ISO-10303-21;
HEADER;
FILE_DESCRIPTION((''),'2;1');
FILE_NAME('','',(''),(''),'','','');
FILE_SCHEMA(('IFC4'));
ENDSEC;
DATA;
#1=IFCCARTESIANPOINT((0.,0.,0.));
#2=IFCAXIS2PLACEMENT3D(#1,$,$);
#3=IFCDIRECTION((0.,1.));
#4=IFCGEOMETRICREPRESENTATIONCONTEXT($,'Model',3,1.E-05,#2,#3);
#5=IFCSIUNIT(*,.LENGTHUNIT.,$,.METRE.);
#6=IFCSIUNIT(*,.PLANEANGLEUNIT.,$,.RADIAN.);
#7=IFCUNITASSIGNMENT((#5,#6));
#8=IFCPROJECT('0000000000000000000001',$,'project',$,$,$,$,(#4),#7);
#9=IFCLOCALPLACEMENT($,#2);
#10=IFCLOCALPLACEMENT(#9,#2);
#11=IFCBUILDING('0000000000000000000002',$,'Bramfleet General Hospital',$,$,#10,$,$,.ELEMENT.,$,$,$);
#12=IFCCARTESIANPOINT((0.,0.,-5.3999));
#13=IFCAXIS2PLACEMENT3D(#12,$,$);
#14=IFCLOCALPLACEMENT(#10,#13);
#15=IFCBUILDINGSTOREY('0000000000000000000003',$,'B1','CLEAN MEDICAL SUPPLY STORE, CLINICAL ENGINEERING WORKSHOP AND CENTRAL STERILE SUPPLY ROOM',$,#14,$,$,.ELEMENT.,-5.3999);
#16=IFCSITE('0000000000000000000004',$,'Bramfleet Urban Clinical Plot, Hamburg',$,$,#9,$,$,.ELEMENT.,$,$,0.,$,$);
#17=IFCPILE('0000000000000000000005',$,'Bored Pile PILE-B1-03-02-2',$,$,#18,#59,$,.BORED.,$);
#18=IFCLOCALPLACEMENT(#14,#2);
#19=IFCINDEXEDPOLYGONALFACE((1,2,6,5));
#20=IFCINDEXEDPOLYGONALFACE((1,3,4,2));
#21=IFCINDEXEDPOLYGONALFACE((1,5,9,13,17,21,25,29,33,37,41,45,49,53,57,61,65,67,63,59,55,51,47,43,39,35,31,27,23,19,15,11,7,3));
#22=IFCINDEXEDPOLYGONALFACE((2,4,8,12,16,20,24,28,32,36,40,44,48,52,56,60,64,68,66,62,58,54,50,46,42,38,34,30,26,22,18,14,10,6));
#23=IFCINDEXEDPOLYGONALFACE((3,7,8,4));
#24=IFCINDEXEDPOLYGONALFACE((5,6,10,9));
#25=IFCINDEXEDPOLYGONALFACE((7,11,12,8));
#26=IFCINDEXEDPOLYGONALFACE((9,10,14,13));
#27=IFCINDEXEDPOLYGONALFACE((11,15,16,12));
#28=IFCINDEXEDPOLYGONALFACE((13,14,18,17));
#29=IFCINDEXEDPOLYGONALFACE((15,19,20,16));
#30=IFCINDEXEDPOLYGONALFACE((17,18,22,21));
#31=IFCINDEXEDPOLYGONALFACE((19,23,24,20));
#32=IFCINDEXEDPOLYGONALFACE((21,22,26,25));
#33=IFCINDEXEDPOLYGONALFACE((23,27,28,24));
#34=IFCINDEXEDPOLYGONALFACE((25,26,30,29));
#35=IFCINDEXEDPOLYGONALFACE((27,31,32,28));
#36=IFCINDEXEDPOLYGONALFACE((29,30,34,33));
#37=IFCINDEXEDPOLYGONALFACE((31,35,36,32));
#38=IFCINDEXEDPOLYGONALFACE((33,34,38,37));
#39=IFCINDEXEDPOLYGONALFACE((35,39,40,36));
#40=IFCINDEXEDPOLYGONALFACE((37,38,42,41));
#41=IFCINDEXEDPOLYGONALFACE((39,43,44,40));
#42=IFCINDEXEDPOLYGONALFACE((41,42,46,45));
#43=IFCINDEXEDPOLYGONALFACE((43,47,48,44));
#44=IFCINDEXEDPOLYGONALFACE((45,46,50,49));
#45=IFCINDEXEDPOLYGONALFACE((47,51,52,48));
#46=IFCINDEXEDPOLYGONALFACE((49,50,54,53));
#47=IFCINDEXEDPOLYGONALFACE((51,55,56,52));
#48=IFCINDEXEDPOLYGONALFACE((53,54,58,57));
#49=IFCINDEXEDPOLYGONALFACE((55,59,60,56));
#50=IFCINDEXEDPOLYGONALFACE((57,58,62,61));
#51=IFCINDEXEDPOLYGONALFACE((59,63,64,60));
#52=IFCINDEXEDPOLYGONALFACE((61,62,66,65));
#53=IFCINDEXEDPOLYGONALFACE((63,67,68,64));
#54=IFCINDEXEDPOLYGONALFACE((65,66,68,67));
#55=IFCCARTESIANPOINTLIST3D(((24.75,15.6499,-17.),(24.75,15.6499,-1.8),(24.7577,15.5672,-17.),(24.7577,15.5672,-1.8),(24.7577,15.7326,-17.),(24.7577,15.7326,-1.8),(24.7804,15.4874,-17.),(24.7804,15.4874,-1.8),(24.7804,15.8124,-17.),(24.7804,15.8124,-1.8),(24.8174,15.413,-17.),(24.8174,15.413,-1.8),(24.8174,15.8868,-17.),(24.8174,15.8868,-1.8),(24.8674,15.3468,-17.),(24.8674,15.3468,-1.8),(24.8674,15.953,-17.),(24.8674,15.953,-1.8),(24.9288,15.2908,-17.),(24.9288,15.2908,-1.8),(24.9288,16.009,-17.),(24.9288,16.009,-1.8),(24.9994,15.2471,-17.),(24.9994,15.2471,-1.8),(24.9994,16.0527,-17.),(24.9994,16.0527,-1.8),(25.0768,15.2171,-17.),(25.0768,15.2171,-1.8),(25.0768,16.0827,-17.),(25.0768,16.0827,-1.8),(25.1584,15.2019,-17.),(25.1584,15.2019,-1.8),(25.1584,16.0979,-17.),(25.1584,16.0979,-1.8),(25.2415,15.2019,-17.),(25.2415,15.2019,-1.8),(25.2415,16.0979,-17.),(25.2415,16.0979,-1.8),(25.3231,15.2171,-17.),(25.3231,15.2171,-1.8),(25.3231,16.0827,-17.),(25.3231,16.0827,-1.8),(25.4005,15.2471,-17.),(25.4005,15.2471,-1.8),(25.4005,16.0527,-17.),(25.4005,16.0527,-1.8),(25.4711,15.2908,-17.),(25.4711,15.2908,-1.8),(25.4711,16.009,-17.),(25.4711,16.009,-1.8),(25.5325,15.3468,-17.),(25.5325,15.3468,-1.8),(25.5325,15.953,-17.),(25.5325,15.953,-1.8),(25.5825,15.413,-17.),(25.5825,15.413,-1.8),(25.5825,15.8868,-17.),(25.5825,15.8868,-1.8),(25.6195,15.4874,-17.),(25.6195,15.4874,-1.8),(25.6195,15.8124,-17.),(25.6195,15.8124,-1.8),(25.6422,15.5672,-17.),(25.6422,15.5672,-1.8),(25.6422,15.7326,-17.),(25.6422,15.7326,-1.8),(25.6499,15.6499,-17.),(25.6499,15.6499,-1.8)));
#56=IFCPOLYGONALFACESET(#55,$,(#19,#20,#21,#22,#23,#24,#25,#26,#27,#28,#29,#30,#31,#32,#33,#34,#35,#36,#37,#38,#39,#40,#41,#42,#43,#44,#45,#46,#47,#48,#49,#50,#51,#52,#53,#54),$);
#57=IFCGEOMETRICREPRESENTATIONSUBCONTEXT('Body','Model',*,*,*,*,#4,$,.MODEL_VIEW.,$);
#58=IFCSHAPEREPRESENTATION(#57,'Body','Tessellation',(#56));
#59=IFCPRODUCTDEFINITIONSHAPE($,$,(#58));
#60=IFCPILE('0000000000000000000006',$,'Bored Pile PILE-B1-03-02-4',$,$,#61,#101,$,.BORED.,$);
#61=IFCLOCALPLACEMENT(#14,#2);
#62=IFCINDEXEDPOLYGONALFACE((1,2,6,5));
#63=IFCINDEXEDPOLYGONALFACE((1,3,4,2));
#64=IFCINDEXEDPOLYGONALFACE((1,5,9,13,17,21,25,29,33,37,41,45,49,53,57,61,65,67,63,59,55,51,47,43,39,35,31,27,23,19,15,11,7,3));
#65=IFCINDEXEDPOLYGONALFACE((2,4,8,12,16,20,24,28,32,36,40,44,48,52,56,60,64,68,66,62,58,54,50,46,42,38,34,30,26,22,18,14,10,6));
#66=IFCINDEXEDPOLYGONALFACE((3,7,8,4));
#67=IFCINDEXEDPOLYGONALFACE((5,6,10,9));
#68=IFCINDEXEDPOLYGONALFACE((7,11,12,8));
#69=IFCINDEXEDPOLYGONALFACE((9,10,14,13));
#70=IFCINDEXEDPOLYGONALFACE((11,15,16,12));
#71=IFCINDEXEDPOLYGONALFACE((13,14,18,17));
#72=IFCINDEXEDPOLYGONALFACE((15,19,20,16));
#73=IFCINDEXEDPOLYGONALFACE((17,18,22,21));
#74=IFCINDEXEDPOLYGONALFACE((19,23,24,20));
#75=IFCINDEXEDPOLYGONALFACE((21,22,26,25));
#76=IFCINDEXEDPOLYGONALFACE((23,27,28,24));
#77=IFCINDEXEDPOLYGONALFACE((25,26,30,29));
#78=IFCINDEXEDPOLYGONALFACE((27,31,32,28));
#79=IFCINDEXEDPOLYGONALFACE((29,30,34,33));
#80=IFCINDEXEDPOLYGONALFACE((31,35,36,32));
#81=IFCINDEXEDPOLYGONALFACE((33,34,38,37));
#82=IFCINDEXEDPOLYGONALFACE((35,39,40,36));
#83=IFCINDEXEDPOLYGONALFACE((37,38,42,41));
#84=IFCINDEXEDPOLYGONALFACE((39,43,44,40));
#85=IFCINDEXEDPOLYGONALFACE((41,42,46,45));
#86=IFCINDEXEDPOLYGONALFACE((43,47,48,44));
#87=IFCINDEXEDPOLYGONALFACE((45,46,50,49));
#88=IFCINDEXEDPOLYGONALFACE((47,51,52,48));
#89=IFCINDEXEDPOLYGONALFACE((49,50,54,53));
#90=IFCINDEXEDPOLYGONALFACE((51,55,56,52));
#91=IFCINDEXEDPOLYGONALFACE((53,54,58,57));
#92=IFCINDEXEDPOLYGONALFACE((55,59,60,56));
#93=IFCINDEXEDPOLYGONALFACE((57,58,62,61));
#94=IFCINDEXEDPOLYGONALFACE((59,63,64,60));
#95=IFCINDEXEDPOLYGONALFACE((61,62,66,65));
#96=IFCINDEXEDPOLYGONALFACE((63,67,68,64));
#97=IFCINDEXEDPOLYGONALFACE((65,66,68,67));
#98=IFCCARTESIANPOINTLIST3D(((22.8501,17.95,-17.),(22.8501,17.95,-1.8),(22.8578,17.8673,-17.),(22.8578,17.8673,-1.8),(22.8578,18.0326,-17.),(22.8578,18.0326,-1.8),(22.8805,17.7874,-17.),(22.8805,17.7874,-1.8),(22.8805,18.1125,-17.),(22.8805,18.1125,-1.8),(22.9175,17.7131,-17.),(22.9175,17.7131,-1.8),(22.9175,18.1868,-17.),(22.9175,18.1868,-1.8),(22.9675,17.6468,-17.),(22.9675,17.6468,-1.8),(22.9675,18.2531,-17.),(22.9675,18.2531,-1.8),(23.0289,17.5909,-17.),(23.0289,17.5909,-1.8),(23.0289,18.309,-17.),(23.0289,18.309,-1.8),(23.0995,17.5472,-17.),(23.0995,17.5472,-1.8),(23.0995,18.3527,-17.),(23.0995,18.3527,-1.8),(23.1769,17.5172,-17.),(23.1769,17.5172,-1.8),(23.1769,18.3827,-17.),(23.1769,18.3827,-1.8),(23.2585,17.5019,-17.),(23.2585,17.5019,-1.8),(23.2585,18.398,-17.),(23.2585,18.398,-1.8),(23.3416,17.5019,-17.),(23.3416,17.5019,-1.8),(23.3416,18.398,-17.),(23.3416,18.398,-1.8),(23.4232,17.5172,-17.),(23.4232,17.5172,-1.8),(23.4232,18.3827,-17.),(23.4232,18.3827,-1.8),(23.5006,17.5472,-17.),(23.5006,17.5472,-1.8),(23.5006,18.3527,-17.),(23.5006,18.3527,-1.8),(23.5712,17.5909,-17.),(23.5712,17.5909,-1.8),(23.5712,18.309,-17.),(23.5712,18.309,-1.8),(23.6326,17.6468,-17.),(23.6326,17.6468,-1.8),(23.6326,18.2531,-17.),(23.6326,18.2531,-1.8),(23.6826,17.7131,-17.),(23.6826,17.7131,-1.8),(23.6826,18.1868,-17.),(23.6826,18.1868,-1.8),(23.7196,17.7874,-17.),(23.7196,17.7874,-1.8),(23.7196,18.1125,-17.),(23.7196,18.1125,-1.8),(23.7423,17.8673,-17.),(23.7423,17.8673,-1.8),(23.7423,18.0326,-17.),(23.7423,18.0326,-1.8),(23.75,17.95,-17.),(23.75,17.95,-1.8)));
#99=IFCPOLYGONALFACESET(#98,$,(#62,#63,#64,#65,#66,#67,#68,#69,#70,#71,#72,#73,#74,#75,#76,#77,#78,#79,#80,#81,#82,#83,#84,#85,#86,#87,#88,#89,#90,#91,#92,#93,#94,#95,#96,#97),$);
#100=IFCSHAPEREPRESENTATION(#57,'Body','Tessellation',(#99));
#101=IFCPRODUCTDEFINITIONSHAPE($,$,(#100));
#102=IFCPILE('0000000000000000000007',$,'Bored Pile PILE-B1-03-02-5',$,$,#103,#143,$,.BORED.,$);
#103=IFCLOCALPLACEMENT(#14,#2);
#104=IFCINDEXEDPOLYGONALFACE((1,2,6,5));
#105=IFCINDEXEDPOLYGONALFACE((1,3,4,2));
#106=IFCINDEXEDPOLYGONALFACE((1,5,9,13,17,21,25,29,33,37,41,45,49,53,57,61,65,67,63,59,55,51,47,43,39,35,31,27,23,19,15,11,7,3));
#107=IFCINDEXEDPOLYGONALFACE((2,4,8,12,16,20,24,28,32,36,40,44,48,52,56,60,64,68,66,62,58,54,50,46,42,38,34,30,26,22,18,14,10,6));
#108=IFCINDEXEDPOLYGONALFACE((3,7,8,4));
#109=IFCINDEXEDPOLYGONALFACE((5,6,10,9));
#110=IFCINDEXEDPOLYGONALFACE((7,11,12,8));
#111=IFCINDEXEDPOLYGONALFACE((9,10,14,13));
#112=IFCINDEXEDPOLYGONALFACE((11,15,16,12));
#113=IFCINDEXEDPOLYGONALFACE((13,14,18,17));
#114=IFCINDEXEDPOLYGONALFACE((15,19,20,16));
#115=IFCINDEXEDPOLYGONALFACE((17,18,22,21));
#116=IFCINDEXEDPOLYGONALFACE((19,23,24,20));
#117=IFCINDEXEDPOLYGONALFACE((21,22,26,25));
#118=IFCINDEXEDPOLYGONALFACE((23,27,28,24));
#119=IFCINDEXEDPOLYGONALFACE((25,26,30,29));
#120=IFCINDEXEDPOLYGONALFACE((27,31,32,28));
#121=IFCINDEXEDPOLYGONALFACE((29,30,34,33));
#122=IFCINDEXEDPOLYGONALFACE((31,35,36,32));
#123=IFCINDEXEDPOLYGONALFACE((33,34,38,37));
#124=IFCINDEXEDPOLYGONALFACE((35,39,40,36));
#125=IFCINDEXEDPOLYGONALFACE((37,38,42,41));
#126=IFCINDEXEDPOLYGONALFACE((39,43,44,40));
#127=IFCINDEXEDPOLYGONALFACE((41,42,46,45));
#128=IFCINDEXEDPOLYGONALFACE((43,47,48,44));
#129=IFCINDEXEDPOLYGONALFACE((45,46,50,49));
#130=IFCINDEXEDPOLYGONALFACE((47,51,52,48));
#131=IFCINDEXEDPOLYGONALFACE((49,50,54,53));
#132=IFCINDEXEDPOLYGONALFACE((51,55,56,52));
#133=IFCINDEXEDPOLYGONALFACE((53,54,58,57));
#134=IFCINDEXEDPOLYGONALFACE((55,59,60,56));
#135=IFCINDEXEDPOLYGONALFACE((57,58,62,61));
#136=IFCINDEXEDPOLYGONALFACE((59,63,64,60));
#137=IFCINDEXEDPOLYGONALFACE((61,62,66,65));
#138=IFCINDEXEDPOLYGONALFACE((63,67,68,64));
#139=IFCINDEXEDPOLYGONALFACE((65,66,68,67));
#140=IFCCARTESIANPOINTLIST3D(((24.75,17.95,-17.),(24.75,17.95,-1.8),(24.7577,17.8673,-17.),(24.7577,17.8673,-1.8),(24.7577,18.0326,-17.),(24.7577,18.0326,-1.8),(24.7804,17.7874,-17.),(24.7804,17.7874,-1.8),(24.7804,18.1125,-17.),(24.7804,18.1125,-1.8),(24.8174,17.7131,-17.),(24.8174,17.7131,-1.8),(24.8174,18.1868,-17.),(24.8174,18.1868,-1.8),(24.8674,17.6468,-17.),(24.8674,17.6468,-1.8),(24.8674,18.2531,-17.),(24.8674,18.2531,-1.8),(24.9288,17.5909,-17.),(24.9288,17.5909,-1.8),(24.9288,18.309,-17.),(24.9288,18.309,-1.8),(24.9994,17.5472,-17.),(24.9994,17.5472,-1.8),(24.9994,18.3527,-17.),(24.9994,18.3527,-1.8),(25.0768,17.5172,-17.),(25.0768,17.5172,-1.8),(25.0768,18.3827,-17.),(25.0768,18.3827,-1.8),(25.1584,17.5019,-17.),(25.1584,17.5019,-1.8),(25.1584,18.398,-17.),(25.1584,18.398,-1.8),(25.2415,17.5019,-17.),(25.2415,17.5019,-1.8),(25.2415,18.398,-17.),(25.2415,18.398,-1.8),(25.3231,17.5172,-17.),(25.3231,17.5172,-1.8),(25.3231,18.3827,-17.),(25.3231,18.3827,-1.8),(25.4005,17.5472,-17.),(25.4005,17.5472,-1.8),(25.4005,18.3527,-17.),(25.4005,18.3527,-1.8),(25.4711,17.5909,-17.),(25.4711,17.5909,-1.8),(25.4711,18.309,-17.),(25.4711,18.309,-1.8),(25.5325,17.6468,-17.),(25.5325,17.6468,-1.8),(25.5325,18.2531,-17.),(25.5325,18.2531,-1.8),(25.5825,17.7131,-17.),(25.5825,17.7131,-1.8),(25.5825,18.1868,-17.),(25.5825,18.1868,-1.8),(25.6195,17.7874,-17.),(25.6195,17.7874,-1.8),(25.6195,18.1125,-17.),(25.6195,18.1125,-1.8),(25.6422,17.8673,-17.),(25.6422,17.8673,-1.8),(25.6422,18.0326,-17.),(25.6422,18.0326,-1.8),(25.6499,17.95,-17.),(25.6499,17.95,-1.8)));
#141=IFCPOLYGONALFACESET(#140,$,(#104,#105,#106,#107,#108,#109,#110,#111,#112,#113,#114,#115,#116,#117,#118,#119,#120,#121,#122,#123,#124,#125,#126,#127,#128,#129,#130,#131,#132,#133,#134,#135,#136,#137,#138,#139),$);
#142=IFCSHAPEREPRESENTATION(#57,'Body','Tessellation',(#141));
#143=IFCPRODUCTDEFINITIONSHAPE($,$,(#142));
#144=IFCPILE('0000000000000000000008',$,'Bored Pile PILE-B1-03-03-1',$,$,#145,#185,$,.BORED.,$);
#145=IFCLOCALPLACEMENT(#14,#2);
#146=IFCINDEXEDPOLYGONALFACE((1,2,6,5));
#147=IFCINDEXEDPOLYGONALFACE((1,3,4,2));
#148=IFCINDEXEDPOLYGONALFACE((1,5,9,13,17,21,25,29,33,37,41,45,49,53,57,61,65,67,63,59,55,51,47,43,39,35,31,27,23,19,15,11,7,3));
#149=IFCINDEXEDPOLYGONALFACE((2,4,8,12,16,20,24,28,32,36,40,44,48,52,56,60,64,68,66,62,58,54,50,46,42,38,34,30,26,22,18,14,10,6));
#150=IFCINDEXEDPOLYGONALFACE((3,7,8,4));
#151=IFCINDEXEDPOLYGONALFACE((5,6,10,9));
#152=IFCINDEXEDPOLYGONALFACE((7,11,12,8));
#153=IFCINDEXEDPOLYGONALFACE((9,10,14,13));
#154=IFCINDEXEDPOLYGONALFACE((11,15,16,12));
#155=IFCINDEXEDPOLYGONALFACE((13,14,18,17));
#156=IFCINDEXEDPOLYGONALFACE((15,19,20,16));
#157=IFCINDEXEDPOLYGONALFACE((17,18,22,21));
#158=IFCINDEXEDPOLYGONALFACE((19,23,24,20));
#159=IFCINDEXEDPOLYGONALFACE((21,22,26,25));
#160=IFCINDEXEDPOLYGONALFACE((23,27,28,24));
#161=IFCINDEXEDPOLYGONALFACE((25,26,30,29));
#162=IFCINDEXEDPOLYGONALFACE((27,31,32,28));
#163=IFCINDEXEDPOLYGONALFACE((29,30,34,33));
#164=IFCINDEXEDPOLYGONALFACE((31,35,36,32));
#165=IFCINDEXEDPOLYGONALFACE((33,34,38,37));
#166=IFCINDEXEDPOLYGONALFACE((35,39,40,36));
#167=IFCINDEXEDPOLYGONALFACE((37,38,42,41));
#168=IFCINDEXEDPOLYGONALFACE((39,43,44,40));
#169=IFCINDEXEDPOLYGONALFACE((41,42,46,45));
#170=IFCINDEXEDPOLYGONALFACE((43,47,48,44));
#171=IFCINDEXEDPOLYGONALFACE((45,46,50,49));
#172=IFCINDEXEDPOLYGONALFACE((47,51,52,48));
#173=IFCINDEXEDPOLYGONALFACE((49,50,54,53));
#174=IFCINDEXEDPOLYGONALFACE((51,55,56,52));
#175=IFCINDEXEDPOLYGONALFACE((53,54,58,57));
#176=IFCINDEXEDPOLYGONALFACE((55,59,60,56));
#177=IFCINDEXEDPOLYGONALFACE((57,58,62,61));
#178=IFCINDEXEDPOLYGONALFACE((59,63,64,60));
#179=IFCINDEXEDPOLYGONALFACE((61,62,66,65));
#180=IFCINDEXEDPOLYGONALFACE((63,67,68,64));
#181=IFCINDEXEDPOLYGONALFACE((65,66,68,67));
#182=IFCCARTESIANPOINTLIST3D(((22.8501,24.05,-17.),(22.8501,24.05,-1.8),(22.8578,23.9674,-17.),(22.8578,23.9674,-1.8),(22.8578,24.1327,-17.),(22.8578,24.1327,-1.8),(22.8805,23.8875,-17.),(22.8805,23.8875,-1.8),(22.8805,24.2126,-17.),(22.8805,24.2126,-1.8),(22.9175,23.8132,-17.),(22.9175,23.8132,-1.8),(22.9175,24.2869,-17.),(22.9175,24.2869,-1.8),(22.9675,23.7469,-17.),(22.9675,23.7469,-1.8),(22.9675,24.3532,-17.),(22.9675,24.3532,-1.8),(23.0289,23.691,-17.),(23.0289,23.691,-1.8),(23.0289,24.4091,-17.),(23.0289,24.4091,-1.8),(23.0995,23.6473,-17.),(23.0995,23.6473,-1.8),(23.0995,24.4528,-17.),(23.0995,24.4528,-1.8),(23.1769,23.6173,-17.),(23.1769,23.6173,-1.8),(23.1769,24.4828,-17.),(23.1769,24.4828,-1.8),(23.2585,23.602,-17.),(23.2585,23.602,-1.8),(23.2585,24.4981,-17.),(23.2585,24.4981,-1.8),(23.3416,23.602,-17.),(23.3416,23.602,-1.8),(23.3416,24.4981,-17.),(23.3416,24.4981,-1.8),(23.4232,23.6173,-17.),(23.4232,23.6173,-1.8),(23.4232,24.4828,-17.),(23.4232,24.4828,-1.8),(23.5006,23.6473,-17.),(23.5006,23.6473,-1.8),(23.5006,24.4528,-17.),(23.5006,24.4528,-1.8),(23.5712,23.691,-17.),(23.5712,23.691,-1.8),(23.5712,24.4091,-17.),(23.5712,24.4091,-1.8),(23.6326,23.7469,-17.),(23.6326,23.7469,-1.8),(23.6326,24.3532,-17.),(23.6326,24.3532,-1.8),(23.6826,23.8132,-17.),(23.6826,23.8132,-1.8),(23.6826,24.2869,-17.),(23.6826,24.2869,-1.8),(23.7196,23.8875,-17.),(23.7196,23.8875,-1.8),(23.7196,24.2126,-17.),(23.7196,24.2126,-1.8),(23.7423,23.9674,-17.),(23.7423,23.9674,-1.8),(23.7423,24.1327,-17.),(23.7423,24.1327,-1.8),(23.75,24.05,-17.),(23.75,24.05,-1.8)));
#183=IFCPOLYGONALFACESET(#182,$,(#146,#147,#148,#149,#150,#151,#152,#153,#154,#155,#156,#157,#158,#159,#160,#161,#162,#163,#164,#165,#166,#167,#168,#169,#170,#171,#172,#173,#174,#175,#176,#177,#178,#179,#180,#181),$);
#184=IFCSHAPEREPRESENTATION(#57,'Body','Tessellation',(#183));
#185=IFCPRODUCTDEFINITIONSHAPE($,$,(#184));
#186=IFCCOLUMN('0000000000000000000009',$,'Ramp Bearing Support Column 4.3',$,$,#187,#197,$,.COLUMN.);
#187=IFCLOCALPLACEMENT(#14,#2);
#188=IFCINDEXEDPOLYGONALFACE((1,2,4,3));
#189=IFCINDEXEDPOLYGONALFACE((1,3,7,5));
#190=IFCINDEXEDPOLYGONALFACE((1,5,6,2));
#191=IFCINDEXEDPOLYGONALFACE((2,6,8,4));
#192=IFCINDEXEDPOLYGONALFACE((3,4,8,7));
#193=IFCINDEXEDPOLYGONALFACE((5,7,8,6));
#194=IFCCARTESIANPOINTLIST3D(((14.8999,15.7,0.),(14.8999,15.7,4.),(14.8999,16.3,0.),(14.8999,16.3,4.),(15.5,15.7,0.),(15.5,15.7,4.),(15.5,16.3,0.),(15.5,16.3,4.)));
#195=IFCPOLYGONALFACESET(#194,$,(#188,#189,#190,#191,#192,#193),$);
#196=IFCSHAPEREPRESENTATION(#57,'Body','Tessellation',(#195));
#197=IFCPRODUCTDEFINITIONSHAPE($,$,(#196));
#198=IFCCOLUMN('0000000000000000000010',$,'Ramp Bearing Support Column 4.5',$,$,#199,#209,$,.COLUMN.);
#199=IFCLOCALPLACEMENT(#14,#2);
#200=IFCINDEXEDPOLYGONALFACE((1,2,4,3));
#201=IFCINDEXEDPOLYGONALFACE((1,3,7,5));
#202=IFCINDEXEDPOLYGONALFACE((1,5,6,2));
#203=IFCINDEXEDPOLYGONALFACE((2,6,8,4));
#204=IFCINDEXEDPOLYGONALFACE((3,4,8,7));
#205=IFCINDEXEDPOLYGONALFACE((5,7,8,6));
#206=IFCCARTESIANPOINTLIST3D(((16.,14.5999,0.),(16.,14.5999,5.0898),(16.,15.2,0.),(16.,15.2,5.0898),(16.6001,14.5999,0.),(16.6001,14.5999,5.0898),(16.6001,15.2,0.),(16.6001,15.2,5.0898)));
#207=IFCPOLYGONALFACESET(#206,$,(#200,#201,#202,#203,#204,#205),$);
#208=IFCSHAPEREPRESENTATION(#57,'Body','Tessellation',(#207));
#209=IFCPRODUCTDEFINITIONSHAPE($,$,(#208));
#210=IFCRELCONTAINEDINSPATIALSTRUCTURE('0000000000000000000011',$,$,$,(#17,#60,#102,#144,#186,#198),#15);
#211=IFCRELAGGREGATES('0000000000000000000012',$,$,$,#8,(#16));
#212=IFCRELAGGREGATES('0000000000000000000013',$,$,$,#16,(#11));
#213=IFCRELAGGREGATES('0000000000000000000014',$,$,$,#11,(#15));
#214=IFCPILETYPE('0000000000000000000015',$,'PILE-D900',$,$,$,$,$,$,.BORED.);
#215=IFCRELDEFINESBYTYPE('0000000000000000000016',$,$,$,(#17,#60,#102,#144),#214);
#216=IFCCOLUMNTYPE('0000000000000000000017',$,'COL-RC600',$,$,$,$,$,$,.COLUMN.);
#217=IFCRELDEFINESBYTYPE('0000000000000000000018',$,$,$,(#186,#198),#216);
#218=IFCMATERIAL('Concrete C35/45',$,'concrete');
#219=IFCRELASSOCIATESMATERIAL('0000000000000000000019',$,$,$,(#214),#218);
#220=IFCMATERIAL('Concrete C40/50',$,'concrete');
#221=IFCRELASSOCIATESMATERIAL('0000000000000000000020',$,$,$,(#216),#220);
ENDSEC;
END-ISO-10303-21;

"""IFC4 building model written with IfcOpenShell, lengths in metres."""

from ifc_helpers import new_model, si_unit, direction, frame, origin, origin_2d, place, context, subcontext, project, spatial, rectangle, circle, extrude, material, material_profile, profile_set, type_object, element, save


model = new_model("IFC4")

# Units and contexts
model_context = context("Model", 3, precision=1e-05, world=origin(), true_north=direction((0.0, 1.0)))
body_context = subcontext(model_context, "Body", "Model", "MODEL_VIEW")
ifc_project = project(units=[si_unit("LENGTHUNIT", "METRE"), si_unit("PLANEANGLEUNIT", "RADIAN")], contexts=[model_context])

# Site, building, storey
site_placement = place(None, origin())
site = spatial("IfcSite", under=ifc_project, at=site_placement, Name="Bramfleet Urban Clinical Plot, Hamburg", CompositionType="ELEMENT", RefElevation=0.0)
building_placement = place(site_placement, origin())
building = spatial("IfcBuilding", under=site, at=building_placement, Name="Bramfleet General Hospital", CompositionType="ELEMENT")
storey_placement = place(building_placement, frame((0.0, 0.0, -5.3999)))
storey = spatial("IfcBuildingStorey", under=building, at=storey_placement, Name="B1", Description="CLEAN MEDICAL SUPPLY STORE, CLINICAL ENGINEERING WORKSHOP AND CENTRAL STERILE SUPPLY ROOM", CompositionType="ELEMENT", Elevation=-5.3999)

# Shared definitions
ifc_material_1 = material(Name="Concrete C35/45", Category="concrete")

# Piles
ifc_material_profile_1 = material_profile(ifc_material_1, circle(Radius=0.45, at=origin_2d()), Name="PILE BORED D900")
ifc_profile_set_1 = profile_set([ifc_material_profile_1], Name="Concrete C35/45")
pile_type_1 = type_object("IfcPileType", Name="PILE-D900", PredefinedType="BORED", material=ifc_profile_set_1)
for number, where, z_axis, x_axis, name in (
    (1, (25.2, 15.6499, -1.8), (0.0, 0.0, -1.0), (1.0, 0.0, 0.0), "Bored Pile PILE-B1-03-02-2"),
    (2, (23.3, 17.95, -1.8), (0.0, 0.0, -1.0), (1.0, 0.0, 0.0), "Bored Pile PILE-B1-03-02-4"),
    (3, (25.2, 17.95, -1.8), (0.0, 0.0, -1.0), (1.0, 0.0, 0.0), "Bored Pile PILE-B1-03-02-5"),
    (4, (23.3, 24.05, -1.8), (0.0, 0.0, -1.0), (1.0, 0.0, 0.0), "Bored Pile PILE-B1-03-03-1"),
):
    element("IfcPile", number, at=place(storey_placement, frame(where, z_axis=z_axis, x_axis=x_axis)), inside=storey, type_object=pile_type_1, Name=name, PredefinedType="BORED", context=body_context, shape_type="SweptSolid", body=[
        extrude(circle(Radius=0.45, at=origin_2d()), origin(), (0.0, 0.0, 1.0), 15.2),
    ])

# Columns
ifc_material_2 = material(Name="Concrete C40/50", Category="concrete")
ifc_material_profile_2 = material_profile(ifc_material_2, rectangle(XDim=0.6001, YDim=0.6001, at=origin_2d()), Name="RC COL 600x600")
ifc_profile_set_2 = profile_set([ifc_material_profile_2], Name="Concrete C40/50")
column_type_1 = type_object("IfcColumnType", Name="COL-RC600", PredefinedType="COLUMN", material=ifc_profile_set_2)
column_1_placement = place(storey_placement, frame((15.2, 16.0, 0.0), z_axis=(0.0, 0.0, 1.0), x_axis=(1.0, 0.0, 0.0)))
element("IfcColumn", 5, at=column_1_placement, inside=storey, type_object=column_type_1, Name="Ramp Bearing Support Column 4.3", PredefinedType="COLUMN", context=body_context, shape_type="SweptSolid", body=[
    extrude(rectangle(XDim=0.6001, YDim=0.6001, at=origin_2d()), origin(), (0.0, 0.0, 1.0), 4.0),
])
column_2_placement = place(storey_placement, frame((16.3, 14.8999, 0.0), z_axis=(0.0, 0.0, 1.0), x_axis=(1.0, 0.0, 0.0)))
element("IfcColumn", 6, at=column_2_placement, inside=storey, type_object=column_type_1, Name="Ramp Bearing Support Column 4.5", PredefinedType="COLUMN", context=body_context, shape_type="SweptSolid", body=[
    extrude(rectangle(XDim=0.6001, YDim=0.6001, at=origin_2d()), origin(), (0.0, 0.0, 1.0), 5.0898),
])

save(model, "model.ifc")
